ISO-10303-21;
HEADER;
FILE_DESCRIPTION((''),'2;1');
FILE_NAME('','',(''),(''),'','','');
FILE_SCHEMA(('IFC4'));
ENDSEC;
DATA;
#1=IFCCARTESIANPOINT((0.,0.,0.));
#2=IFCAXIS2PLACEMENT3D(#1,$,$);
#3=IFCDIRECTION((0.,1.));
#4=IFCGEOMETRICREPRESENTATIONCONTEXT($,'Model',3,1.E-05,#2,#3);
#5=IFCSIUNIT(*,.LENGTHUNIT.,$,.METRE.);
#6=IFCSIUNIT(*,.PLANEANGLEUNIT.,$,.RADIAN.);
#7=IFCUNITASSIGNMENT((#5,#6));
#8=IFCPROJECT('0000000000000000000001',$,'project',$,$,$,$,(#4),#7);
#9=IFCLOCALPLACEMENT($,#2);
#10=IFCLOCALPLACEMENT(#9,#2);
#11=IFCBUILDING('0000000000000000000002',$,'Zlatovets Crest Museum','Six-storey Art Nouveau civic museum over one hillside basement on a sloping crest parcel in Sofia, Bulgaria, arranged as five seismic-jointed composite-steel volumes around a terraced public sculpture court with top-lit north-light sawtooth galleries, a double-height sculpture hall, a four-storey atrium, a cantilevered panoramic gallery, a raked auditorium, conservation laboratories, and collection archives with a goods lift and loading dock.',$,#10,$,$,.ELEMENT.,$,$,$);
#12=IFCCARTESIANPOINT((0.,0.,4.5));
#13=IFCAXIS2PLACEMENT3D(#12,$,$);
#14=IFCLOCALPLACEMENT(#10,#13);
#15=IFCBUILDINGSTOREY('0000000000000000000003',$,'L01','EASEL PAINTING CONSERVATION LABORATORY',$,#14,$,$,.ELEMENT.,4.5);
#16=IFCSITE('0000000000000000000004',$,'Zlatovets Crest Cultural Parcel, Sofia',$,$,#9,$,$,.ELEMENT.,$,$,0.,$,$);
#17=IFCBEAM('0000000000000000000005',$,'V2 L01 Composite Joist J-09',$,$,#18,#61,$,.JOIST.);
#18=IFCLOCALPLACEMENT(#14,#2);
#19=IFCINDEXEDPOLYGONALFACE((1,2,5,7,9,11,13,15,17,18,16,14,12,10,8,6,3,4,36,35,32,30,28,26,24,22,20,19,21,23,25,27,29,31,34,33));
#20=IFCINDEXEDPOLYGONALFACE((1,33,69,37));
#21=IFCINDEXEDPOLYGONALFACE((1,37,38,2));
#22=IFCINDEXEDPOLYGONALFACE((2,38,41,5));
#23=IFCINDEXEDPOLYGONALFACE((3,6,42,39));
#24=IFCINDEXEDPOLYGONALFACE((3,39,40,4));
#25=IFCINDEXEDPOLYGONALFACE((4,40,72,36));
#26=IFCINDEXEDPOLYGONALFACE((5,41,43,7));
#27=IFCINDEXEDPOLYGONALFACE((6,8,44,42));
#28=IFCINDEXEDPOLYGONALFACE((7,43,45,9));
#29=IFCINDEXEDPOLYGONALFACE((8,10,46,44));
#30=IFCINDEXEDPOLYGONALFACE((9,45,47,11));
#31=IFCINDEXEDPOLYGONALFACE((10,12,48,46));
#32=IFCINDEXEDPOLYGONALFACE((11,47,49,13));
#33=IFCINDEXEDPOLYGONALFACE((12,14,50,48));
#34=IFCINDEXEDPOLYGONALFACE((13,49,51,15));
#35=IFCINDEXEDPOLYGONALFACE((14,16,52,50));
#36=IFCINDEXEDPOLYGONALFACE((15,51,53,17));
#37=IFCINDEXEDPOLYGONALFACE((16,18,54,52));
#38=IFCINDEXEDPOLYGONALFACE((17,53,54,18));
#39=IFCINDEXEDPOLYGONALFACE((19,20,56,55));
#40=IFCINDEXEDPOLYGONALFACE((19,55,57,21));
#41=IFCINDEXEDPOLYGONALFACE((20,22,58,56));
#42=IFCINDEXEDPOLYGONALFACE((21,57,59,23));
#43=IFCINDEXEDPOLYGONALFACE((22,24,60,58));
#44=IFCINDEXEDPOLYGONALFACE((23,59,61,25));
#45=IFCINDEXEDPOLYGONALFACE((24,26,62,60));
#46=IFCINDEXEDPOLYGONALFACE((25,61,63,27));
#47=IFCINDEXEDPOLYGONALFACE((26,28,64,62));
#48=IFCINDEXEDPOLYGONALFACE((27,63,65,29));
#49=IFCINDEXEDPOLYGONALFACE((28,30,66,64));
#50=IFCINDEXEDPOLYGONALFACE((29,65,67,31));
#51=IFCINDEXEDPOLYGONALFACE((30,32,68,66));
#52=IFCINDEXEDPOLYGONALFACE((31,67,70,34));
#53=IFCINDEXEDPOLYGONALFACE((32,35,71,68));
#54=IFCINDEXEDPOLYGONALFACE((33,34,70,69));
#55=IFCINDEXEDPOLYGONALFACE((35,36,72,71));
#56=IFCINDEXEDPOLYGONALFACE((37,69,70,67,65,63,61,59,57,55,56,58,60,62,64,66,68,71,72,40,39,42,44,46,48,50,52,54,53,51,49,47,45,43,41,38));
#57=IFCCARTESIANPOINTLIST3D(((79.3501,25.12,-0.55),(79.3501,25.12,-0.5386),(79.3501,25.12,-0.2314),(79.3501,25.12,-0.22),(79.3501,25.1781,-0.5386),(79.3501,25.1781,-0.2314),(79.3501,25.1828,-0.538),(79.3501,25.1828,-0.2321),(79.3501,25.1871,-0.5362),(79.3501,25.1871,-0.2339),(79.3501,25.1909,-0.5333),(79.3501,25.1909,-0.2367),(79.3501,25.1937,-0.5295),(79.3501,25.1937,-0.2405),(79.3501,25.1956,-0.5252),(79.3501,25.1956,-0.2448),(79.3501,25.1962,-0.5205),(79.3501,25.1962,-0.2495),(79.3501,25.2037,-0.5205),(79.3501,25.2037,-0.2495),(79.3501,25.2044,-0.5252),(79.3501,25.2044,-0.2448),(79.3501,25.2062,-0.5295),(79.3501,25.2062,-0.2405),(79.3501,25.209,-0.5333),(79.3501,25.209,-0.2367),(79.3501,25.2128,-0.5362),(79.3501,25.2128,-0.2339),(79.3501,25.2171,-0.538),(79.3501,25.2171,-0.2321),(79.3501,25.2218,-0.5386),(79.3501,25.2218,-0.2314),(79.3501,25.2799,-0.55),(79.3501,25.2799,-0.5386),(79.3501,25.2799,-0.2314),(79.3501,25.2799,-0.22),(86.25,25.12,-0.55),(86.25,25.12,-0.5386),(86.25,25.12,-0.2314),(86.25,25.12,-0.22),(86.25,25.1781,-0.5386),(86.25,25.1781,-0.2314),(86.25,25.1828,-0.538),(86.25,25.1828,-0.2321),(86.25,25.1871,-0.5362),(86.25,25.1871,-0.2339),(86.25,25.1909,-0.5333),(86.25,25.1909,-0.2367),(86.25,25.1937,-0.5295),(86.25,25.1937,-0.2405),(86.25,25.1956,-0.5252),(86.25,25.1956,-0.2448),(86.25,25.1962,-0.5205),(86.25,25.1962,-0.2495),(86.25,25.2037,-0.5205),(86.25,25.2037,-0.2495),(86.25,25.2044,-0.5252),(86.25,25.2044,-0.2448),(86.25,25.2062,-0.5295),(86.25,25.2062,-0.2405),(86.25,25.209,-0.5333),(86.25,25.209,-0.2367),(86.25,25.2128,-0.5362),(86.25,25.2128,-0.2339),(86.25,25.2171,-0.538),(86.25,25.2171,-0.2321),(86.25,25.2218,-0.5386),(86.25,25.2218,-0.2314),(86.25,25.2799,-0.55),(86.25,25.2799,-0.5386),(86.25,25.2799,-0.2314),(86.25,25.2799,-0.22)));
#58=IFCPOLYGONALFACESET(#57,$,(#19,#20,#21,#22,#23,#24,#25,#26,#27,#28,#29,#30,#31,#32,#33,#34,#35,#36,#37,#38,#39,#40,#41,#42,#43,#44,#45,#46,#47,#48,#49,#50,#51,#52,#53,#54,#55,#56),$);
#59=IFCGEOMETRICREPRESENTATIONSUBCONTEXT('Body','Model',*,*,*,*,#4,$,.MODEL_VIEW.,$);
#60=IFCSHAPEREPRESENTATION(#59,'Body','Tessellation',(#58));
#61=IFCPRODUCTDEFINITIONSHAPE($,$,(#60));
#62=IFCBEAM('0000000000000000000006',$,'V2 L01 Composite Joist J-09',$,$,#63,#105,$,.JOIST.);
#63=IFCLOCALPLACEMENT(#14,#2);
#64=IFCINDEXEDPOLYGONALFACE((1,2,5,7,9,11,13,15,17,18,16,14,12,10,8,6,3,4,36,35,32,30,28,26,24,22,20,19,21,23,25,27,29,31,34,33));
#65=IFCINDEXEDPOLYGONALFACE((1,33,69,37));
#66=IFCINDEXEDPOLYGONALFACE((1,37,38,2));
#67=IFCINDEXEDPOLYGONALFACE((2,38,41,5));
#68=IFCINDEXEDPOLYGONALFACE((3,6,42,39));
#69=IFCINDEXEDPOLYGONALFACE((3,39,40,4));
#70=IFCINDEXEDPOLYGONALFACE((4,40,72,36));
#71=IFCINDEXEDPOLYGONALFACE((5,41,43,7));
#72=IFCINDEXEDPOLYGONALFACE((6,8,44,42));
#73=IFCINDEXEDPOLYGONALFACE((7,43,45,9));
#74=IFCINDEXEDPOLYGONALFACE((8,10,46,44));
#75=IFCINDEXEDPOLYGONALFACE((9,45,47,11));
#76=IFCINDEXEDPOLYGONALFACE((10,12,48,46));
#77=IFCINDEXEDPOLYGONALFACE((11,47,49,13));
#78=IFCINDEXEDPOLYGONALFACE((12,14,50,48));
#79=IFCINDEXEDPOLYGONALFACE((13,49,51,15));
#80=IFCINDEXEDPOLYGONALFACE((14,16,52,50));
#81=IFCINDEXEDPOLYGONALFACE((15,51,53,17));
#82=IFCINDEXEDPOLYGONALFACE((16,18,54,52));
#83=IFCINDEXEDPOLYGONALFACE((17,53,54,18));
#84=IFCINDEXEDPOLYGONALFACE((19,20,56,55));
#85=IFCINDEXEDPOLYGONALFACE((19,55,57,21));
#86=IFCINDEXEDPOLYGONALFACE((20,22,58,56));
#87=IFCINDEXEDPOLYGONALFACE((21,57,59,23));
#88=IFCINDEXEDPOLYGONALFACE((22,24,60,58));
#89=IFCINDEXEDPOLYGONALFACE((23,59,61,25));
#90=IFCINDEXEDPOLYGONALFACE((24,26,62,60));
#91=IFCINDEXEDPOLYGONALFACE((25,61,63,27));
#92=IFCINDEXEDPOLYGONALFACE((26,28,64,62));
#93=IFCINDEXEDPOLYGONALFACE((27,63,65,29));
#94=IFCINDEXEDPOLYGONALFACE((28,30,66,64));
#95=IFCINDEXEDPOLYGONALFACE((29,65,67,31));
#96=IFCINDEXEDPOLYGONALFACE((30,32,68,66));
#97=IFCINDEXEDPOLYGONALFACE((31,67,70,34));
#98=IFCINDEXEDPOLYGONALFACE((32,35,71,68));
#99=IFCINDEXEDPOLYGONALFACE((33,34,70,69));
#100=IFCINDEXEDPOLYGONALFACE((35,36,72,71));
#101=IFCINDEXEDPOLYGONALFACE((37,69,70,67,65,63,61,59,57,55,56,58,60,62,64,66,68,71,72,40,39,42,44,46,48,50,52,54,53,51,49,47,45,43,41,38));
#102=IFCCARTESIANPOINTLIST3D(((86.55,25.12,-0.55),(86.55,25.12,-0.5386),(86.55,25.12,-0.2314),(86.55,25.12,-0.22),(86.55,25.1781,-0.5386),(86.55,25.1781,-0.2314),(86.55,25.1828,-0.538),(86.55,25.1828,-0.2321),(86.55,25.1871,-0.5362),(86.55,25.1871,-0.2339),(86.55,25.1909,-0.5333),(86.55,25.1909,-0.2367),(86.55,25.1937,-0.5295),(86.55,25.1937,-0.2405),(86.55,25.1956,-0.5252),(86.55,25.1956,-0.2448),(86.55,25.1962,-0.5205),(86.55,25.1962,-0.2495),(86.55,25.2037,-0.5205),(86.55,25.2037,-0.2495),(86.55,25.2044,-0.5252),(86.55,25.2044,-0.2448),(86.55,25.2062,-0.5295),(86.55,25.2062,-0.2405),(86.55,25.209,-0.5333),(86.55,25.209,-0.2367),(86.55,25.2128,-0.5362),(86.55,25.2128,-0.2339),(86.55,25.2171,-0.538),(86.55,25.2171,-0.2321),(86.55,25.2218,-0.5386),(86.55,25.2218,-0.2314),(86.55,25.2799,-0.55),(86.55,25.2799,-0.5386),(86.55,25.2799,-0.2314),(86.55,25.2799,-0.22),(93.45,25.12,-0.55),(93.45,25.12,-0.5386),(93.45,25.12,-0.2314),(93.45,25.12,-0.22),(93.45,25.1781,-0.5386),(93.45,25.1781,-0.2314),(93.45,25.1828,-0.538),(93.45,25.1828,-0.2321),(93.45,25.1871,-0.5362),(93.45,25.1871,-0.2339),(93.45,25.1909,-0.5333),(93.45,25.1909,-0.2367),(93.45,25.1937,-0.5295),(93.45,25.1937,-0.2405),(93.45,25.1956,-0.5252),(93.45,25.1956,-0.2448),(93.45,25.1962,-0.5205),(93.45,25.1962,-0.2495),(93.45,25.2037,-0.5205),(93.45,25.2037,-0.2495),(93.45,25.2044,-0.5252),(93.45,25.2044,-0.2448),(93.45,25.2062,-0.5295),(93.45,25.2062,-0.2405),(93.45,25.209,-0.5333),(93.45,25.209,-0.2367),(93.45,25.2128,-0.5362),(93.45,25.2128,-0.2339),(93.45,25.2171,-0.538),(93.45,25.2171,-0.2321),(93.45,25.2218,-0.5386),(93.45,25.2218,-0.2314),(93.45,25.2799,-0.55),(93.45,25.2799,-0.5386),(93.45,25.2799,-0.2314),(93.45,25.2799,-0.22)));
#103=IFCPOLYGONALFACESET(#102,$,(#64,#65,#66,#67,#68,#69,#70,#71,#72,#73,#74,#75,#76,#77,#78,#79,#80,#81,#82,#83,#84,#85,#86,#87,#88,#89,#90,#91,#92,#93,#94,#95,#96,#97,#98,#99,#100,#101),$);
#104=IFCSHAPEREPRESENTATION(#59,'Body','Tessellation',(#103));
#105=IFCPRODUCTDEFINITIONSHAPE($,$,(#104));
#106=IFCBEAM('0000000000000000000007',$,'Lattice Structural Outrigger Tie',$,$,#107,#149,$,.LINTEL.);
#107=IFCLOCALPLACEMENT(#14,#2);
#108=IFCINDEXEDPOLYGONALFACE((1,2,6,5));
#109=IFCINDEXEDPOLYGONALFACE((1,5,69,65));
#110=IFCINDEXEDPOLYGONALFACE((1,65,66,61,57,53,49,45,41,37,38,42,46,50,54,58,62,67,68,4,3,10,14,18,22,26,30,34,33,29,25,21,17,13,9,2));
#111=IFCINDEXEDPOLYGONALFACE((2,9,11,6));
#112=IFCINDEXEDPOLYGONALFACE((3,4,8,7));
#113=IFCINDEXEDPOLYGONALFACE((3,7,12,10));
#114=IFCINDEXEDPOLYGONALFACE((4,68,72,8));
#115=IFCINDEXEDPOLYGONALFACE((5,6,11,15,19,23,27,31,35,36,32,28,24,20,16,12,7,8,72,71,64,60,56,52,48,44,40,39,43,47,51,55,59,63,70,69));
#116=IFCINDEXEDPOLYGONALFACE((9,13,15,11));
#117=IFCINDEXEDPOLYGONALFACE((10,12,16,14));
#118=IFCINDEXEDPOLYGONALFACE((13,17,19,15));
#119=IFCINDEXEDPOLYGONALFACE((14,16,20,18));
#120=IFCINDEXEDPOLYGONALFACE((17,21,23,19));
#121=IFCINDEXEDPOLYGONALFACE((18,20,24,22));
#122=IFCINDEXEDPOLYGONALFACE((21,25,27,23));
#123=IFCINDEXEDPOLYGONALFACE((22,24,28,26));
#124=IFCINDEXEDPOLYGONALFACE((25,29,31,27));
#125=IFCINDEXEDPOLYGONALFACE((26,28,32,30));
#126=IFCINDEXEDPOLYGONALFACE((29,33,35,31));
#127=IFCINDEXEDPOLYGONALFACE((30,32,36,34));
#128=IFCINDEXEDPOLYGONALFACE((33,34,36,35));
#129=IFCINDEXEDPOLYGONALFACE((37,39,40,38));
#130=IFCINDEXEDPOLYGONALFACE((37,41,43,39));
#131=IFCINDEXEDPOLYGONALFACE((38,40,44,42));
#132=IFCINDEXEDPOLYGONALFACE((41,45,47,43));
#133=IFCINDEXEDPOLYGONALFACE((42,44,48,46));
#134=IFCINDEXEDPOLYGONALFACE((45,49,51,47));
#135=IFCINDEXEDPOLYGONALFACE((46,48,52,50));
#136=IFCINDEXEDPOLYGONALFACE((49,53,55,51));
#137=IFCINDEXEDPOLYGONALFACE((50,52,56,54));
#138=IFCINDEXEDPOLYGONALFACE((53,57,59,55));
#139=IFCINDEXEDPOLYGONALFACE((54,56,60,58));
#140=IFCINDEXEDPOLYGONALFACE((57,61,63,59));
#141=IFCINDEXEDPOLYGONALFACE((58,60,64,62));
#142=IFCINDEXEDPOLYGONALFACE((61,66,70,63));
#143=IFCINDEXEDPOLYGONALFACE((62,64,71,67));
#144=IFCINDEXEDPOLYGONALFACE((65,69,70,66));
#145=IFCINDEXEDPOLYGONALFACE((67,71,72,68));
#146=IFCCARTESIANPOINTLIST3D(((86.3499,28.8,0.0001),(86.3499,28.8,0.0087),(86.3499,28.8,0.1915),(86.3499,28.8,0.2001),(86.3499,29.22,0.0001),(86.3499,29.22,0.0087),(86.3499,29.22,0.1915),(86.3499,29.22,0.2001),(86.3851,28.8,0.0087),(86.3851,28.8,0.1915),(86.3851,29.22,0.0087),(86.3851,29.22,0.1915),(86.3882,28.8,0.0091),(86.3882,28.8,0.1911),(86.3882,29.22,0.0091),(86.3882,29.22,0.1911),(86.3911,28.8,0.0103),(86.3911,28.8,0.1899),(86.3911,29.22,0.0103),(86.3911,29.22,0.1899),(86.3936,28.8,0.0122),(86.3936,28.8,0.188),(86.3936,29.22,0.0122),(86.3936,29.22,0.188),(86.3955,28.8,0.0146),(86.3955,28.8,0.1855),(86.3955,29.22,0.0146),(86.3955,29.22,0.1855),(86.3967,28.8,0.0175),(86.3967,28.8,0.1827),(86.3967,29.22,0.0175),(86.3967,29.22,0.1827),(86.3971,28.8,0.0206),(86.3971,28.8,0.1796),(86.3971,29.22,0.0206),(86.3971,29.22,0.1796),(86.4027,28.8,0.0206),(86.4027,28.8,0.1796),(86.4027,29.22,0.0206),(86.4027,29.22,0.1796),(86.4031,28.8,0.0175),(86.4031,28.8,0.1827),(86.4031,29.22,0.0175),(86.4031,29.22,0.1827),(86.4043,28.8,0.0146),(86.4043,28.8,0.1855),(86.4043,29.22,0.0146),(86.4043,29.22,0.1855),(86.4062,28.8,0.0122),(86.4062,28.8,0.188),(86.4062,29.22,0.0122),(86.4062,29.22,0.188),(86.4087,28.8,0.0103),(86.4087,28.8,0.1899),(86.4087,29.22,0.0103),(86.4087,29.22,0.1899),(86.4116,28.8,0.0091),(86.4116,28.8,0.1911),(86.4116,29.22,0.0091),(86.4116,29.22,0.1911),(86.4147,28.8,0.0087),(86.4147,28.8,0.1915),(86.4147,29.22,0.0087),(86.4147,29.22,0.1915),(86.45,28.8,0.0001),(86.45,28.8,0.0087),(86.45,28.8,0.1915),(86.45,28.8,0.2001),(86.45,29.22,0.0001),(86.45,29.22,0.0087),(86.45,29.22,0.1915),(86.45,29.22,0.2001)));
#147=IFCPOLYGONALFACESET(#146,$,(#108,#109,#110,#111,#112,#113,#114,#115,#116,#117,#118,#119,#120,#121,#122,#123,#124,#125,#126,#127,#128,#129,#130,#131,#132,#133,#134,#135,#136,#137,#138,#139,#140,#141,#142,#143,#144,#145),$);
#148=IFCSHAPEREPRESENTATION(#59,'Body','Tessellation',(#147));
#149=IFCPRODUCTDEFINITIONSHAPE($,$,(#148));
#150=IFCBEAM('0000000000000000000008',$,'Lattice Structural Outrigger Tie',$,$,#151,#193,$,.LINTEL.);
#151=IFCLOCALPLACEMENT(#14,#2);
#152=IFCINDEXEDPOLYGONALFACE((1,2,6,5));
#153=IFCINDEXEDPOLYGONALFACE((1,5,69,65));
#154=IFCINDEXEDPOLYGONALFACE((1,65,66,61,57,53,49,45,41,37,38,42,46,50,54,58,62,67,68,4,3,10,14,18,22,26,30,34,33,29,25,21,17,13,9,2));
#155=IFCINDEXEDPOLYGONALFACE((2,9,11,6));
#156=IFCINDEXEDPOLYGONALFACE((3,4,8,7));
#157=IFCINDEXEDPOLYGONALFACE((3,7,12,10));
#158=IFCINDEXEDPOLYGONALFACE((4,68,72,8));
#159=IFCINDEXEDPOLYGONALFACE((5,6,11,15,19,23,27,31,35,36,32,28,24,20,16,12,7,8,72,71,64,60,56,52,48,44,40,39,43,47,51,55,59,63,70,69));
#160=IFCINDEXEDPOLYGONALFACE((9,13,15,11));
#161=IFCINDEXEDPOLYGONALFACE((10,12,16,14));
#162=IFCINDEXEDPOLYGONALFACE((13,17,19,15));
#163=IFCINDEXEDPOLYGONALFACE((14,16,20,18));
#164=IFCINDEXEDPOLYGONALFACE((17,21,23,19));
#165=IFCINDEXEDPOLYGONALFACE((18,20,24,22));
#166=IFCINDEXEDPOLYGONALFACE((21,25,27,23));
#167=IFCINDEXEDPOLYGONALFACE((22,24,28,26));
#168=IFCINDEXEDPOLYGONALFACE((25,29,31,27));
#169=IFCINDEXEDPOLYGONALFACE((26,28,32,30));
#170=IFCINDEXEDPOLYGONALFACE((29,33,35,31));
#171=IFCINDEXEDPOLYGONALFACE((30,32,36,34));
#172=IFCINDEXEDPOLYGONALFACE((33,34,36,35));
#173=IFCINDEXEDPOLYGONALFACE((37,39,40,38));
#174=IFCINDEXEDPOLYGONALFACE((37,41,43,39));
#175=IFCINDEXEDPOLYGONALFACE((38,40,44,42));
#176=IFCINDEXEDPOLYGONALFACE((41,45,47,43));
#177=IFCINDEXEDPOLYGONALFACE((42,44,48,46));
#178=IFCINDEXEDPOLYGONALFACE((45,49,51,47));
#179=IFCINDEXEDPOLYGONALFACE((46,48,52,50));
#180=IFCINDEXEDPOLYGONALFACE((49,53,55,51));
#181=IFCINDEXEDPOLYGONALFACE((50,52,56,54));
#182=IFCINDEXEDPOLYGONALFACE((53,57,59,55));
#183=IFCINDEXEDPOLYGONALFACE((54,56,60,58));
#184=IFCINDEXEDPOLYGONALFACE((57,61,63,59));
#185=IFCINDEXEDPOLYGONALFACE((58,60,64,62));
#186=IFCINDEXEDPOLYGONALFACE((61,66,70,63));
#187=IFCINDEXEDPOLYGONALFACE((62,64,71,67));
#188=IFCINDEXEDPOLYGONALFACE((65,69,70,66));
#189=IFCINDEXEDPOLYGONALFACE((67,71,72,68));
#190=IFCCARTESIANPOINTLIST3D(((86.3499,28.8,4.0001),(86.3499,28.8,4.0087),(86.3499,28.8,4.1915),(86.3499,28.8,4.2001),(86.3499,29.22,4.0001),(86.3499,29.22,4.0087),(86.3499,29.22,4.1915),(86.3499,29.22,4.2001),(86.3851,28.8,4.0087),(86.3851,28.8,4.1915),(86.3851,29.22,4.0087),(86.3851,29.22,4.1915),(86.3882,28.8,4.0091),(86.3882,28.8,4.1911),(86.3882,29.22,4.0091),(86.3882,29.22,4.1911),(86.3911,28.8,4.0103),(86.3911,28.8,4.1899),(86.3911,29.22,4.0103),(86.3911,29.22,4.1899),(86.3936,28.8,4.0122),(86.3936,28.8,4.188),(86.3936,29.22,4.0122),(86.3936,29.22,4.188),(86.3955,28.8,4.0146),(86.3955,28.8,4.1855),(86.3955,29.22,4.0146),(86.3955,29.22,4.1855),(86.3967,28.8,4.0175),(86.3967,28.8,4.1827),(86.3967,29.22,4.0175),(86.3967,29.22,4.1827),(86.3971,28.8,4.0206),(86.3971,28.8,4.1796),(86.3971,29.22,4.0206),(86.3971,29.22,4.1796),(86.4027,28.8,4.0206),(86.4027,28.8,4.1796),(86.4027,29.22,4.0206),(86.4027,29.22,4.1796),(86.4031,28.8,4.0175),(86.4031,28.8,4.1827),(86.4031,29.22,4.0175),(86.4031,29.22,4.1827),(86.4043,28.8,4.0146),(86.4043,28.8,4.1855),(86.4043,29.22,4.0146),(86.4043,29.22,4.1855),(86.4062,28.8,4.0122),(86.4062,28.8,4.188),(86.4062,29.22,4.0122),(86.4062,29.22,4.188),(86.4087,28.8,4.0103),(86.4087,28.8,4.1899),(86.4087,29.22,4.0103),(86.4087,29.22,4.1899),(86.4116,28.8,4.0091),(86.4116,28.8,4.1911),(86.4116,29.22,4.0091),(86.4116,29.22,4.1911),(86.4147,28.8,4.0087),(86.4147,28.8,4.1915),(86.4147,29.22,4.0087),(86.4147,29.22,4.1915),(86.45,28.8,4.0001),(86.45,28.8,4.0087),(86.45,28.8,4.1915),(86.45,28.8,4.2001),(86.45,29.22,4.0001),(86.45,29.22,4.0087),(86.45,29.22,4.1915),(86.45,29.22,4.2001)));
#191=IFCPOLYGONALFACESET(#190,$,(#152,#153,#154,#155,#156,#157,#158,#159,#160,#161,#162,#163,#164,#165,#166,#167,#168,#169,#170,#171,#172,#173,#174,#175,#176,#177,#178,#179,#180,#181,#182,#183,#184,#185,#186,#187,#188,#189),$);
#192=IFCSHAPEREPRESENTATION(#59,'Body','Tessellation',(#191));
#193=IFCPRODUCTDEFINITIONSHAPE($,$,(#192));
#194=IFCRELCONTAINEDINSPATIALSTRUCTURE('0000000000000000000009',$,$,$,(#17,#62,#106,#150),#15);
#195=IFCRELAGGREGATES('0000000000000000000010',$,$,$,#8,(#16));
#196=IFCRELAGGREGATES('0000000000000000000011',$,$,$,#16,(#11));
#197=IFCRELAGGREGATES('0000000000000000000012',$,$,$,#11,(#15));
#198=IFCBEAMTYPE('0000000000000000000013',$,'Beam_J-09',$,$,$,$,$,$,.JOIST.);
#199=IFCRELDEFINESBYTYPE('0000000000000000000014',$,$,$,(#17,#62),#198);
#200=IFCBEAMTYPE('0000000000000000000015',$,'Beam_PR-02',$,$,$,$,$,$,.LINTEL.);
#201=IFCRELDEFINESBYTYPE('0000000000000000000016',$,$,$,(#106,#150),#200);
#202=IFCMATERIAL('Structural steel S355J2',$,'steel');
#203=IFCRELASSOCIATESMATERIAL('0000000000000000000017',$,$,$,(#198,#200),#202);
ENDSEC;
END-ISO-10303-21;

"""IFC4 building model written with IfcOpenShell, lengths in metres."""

from ifc_helpers import new_model, si_unit, direction, frame, origin, origin_2d, place, context, subcontext, project, spatial, i_section, extrude, material, material_profile, profile_set, type_object, element, save


model = new_model("IFC4")

# Units and contexts
model_context = context("Model", 3, precision=1e-05, world=origin(), true_north=direction((0.0, 1.0)))
body_context = subcontext(model_context, "Body", "Model", "MODEL_VIEW")
ifc_project = project(units=[si_unit("LENGTHUNIT", "METRE"), si_unit("PLANEANGLEUNIT", "RADIAN")], contexts=[model_context])

# Site, building, storey
site_placement = place(None, origin())
site = spatial("IfcSite", under=ifc_project, at=site_placement, Name="Zlatovets Crest Cultural Parcel, Sofia", CompositionType="ELEMENT", RefElevation=0.0)
building_placement = place(site_placement, origin())
building = spatial("IfcBuilding", under=site, at=building_placement, Name="Zlatovets Crest Museum", Description="Six-storey Art Nouveau civic museum over one hillside basement on a sloping crest parcel in Sofia, Bulgaria, arranged as five seismic-jointed composite-steel volumes around a terraced public sculpture court with top-lit north-light sawtooth galleries, a double-height sculpture hall, a four-storey atrium, a cantilevered panoramic gallery, a raked auditorium, conservation laboratories, and collection archives with a goods lift and loading dock.", CompositionType="ELEMENT")
storey_placement = place(building_placement, frame((0.0, 0.0, 4.5)))
storey = spatial("IfcBuildingStorey", under=building, at=storey_placement, Name="L01", Description="EASEL PAINTING CONSERVATION LABORATORY", CompositionType="ELEMENT", Elevation=4.5)

# Shared definitions
ifc_material_1 = material(Name="Structural steel S355J2", Category="steel")

# Beams
ifc_material_profile_1 = material_profile(ifc_material_1, i_section(OverallWidth=0.1599, OverallDepth=0.3301, WebThickness=0.0076, FlangeThickness=0.0115, FilletRadius=0.0181, at=origin_2d()), Name="IPE 330")
ifc_profile_set_1 = profile_set([ifc_material_profile_1], Name="Structural steel S355J2")
beam_type_1 = type_object("IfcBeamType", Name="Beam_J-09", PredefinedType="JOIST", material=ifc_profile_set_1)
for number, where, z_axis, x_axis, name in (
    (1, (79.3501, 25.2, -0.385), (1.0, 0.0, 0.0), (0.0, 1.0, 0.0), "V2 L01 Composite Joist J-09"),
    (2, (86.55, 25.2, -0.385), (1.0, 0.0, 0.0), (0.0, 1.0, 0.0), "V2 L01 Composite Joist J-09"),
):
    element("IfcBeam", number, at=place(storey_placement, frame(where, z_axis=z_axis, x_axis=x_axis)), inside=storey, type_object=beam_type_1, Name=name, PredefinedType="JOIST", context=body_context, shape_type="SweptSolid", body=[
        extrude(i_section(OverallWidth=0.1599, OverallDepth=0.3301, WebThickness=0.0076, FlangeThickness=0.0115, FilletRadius=0.0181, at=origin_2d()), origin(), (0.0, 0.0, 1.0), 6.8999),
    ])
ifc_material_profile_2 = material_profile(ifc_material_1, i_section(OverallWidth=0.1001, OverallDepth=0.2, WebThickness=0.0056, FlangeThickness=0.0085, FilletRadius=0.012, at=origin_2d()), Name="IPE 200")
ifc_profile_set_2 = profile_set([ifc_material_profile_2], Name="Structural steel S355J2")
beam_type_2 = type_object("IfcBeamType", Name="Beam_PR-02", PredefinedType="LINTEL", material=ifc_profile_set_2)
for number, where, z_axis, x_axis, name in (
    (3, (86.3999, 28.8, 0.1001), (0.0, 1.0, 0.0), (-1.0, 0.0, 0.0), "Lattice Structural Outrigger Tie"),
    (4, (86.3999, 28.8, 4.1001), (0.0, 1.0, 0.0), (-1.0, 0.0, 0.0), "Lattice Structural Outrigger Tie"),
):
    element("IfcBeam", number, at=place(storey_placement, frame(where, z_axis=z_axis, x_axis=x_axis)), inside=storey, type_object=beam_type_2, Name=name, PredefinedType="LINTEL", context=body_context, shape_type="SweptSolid", body=[
        extrude(i_section(OverallWidth=0.1001, OverallDepth=0.2, WebThickness=0.0056, FlangeThickness=0.0085, FilletRadius=0.012, at=origin_2d()), origin(), (0.0, 0.0, 1.0), 0.4199),
    ])

save(model, "model.ifc")
